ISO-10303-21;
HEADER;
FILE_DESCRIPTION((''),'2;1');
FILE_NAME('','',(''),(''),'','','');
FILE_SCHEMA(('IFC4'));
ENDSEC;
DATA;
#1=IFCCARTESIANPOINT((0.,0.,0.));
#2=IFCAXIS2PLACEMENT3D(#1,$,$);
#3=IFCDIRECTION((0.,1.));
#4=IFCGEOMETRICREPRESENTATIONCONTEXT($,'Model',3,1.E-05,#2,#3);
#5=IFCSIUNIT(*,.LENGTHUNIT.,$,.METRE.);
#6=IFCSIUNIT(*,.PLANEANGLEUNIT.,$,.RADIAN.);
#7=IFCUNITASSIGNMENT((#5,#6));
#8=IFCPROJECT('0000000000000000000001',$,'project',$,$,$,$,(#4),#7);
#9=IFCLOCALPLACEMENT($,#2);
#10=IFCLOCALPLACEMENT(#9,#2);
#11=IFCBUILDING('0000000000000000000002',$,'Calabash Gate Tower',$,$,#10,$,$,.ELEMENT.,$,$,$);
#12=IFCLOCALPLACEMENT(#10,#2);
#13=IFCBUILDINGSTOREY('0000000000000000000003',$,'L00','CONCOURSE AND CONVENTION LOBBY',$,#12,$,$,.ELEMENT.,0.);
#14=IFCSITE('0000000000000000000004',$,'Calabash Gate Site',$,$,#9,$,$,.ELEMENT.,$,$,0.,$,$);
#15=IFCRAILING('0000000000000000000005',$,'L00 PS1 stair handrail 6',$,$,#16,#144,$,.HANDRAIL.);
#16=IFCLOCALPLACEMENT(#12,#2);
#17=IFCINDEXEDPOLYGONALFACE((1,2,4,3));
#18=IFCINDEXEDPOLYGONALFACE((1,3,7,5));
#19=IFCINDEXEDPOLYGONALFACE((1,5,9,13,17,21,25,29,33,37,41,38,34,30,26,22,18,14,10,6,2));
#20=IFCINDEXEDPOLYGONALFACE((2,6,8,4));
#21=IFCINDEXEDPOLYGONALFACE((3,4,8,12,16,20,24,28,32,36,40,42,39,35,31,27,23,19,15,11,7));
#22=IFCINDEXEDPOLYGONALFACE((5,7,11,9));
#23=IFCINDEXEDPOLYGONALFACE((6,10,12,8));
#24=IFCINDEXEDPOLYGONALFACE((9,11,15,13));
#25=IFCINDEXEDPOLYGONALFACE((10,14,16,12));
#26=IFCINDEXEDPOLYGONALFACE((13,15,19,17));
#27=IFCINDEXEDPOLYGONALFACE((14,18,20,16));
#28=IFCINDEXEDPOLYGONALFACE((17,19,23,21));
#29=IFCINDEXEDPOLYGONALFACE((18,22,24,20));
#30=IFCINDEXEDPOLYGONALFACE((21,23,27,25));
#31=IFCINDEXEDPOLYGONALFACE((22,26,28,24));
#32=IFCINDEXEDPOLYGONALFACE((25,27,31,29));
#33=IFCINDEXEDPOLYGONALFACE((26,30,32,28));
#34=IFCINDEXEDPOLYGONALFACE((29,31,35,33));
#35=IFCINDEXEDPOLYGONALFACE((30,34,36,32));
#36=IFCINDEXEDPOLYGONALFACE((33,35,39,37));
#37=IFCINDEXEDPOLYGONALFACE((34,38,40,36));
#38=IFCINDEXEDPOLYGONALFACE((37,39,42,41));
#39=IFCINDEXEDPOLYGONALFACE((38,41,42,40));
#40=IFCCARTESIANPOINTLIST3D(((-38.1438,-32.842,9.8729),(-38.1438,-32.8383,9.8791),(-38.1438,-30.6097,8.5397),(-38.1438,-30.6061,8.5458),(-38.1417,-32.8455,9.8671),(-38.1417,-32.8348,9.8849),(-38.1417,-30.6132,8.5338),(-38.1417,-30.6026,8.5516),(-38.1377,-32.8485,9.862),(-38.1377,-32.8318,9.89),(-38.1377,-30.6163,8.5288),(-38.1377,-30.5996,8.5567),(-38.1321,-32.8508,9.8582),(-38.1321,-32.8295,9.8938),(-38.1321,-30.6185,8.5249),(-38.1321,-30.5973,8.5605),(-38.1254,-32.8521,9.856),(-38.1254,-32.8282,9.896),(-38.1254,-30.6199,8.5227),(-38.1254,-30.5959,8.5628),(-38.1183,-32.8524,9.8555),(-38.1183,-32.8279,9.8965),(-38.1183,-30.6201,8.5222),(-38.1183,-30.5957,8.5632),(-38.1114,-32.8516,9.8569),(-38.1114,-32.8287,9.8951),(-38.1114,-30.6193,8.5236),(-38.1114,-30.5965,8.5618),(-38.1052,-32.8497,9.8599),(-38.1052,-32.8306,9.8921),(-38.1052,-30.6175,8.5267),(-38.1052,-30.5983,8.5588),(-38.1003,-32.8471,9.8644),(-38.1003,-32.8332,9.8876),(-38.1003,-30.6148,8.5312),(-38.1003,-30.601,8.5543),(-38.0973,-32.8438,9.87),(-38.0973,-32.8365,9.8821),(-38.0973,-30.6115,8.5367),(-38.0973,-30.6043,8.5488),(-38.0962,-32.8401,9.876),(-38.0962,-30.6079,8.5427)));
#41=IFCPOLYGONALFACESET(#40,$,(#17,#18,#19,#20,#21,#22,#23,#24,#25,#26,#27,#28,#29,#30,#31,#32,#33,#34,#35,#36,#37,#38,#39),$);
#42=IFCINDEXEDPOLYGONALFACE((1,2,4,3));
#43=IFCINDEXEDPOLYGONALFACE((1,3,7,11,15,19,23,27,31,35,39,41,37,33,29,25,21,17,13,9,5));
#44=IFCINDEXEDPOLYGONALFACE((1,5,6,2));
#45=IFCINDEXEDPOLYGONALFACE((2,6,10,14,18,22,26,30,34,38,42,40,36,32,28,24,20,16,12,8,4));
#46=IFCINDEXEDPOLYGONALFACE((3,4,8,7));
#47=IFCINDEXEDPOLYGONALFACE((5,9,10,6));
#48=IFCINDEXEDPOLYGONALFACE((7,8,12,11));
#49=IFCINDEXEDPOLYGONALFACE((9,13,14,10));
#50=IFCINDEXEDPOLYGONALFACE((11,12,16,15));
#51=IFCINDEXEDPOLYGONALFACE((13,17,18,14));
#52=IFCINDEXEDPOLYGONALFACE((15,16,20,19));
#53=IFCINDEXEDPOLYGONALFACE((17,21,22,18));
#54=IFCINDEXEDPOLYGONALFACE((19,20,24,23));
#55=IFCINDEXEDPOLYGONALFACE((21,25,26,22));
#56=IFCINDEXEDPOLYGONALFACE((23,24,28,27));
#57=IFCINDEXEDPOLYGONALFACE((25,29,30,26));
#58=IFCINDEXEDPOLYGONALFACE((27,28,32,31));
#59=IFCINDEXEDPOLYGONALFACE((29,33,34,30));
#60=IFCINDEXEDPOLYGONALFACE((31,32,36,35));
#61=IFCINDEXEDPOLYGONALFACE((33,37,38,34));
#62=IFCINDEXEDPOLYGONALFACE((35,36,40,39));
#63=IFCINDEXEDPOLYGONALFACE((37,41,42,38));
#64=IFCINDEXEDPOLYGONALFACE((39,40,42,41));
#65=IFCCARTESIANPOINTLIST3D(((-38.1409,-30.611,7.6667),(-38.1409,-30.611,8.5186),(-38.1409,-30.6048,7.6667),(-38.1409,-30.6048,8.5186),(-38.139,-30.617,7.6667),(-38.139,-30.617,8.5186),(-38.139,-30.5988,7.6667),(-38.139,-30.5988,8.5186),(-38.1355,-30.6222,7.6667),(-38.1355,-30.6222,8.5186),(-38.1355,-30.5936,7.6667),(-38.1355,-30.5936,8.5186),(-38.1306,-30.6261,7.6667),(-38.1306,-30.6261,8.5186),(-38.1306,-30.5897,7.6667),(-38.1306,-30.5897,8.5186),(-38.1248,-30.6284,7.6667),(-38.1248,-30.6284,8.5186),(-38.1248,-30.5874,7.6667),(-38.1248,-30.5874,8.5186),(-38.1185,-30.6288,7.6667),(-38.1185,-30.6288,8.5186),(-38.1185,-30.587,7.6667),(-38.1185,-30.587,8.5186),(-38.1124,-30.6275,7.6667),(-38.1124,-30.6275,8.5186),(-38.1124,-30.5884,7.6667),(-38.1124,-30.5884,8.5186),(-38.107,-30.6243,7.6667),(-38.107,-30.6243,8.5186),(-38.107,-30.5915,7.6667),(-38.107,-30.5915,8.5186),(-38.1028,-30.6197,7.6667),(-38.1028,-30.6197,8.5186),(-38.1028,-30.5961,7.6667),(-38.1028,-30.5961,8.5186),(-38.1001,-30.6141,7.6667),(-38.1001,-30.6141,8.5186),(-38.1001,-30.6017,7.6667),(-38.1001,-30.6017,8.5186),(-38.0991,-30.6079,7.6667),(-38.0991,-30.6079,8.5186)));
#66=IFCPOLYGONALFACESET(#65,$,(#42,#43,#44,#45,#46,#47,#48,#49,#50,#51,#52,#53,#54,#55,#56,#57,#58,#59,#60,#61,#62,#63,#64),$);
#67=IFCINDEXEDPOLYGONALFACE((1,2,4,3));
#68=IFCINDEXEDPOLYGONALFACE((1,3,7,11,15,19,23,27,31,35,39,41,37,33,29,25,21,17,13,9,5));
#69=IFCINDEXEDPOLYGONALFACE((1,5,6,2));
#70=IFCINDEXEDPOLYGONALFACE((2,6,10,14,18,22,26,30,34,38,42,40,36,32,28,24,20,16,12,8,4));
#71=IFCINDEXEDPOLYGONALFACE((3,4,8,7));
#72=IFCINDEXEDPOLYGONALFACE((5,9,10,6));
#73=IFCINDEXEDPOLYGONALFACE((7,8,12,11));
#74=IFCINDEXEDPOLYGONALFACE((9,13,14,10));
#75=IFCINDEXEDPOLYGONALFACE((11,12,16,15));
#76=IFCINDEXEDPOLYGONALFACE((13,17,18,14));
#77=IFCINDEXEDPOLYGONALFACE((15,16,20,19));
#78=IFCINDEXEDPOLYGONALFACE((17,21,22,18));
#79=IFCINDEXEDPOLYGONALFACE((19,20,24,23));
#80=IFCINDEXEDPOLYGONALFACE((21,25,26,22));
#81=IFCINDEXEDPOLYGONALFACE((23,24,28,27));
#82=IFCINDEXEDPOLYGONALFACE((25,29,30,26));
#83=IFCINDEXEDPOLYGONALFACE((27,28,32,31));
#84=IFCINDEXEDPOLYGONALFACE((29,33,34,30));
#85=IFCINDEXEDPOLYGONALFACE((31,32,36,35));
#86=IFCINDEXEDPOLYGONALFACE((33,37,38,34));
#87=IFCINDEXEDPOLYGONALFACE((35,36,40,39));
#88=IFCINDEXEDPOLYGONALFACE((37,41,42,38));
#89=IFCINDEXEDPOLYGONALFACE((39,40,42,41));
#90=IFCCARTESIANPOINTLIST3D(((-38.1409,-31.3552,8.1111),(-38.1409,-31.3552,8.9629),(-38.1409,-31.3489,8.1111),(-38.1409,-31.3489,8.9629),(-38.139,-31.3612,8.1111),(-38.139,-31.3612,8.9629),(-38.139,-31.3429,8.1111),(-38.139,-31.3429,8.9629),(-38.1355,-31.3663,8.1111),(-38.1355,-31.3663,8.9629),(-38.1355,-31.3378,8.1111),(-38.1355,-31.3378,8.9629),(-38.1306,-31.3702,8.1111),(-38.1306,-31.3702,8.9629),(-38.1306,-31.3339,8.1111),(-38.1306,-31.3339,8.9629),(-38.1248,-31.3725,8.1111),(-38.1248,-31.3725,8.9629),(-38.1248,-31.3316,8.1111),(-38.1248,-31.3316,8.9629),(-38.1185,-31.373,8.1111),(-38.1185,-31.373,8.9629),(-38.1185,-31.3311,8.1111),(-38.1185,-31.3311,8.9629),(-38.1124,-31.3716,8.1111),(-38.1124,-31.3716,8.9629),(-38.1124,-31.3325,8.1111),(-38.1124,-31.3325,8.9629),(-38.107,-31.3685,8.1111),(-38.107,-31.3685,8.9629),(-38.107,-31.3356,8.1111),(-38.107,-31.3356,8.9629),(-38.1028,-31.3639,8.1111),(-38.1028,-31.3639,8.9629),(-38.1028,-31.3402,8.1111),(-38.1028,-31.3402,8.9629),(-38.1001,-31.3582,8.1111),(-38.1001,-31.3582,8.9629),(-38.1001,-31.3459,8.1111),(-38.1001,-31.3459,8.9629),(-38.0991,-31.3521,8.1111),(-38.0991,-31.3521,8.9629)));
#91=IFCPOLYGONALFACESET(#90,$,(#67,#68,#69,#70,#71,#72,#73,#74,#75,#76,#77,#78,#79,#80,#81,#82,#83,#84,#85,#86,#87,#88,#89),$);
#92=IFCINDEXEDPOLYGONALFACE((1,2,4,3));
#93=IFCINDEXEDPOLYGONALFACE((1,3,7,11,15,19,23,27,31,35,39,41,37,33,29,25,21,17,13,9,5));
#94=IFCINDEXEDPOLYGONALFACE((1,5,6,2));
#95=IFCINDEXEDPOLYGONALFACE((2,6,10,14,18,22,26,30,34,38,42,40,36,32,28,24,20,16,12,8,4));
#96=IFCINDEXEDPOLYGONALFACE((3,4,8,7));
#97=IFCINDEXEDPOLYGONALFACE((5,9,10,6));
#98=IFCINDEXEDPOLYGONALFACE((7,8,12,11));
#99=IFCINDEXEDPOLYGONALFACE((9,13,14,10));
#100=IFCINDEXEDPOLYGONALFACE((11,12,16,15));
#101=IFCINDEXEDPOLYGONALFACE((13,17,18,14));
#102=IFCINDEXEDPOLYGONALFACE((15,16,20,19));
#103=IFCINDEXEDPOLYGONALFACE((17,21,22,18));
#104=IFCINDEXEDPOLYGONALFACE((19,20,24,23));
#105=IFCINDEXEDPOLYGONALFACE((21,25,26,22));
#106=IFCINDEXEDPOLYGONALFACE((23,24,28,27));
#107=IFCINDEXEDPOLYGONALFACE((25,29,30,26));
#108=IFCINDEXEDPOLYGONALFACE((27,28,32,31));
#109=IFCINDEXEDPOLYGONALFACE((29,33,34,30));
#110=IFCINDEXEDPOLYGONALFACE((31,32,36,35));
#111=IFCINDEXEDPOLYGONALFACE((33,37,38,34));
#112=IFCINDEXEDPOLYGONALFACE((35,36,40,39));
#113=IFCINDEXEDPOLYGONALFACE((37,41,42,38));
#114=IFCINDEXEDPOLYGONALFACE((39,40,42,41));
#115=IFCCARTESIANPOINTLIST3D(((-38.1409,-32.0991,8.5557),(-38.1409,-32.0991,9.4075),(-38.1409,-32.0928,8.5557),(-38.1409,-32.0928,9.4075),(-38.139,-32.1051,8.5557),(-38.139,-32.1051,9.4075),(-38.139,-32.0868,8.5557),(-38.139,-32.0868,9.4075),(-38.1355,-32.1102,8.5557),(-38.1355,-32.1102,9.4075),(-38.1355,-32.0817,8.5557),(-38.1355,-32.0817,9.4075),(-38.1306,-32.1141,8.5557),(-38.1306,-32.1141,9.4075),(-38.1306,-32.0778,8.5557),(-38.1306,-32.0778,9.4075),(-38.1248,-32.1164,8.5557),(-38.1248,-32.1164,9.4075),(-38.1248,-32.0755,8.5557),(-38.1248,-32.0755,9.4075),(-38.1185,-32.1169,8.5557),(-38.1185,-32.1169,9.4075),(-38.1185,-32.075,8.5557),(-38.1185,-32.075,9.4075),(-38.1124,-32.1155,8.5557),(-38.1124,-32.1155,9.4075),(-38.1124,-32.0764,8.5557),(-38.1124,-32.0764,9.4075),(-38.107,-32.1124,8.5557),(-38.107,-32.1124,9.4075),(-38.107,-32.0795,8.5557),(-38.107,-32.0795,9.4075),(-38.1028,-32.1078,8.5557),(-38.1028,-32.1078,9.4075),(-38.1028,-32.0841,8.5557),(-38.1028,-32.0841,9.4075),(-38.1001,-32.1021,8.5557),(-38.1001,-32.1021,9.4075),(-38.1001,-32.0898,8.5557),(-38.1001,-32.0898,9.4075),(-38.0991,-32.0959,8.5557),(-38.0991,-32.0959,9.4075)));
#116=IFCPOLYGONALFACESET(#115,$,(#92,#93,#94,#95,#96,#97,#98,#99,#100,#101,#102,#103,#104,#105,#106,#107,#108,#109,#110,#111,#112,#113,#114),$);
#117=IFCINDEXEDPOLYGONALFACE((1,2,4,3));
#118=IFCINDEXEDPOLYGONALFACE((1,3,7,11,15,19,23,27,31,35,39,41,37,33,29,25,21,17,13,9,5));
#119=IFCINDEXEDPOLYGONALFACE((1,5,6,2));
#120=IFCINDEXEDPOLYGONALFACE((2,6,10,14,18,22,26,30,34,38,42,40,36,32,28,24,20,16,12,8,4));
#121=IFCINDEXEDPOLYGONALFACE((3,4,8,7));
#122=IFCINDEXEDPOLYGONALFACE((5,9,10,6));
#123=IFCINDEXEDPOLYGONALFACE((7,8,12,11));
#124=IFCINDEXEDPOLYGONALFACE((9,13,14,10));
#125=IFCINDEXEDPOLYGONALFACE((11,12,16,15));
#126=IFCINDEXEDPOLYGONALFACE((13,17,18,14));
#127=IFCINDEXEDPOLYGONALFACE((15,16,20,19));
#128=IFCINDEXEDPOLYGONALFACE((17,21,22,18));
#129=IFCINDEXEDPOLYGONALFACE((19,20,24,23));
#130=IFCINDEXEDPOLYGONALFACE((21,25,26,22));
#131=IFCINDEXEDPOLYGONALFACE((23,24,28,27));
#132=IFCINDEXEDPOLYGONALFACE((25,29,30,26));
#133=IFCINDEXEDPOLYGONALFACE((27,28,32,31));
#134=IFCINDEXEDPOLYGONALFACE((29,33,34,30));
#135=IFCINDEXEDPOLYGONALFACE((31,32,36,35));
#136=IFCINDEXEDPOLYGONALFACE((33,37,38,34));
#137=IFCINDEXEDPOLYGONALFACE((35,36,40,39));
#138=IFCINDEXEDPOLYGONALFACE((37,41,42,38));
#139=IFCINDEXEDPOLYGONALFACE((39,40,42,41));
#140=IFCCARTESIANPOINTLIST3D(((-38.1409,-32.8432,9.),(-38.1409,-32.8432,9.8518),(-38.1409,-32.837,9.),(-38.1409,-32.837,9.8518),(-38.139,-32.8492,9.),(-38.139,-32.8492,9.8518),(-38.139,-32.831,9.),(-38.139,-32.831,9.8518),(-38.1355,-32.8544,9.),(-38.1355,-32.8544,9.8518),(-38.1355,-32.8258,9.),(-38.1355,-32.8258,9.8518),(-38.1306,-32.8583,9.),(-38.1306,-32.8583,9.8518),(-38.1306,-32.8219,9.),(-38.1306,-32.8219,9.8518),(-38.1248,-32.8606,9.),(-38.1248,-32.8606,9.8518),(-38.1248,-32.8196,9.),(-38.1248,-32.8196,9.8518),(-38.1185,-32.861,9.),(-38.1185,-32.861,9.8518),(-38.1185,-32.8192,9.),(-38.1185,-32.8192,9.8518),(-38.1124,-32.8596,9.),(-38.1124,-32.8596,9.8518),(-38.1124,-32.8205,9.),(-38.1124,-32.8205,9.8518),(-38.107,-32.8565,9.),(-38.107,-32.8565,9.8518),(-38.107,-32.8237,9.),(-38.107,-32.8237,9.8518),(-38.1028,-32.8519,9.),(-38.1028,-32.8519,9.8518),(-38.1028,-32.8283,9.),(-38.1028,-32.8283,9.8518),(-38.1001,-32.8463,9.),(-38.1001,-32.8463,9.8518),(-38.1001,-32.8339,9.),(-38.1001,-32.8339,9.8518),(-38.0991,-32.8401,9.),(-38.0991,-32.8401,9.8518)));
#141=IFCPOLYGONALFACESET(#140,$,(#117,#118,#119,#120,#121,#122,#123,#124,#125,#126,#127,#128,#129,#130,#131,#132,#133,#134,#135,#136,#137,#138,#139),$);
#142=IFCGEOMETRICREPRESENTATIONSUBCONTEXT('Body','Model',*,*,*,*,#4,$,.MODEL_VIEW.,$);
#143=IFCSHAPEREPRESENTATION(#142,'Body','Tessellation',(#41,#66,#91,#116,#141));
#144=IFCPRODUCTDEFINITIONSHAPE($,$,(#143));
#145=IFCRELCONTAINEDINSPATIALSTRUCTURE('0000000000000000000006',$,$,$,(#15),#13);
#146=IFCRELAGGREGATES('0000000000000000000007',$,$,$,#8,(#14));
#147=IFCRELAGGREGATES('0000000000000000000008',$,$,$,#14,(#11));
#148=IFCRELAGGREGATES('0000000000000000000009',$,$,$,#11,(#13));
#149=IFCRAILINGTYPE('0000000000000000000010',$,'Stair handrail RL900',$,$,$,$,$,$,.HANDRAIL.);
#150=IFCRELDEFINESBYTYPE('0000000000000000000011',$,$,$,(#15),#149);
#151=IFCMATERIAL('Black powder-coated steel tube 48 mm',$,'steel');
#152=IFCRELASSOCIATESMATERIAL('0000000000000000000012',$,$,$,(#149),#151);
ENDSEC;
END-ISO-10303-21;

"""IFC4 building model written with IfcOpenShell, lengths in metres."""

from ifc_helpers import new_model, si_unit, direction, frame, origin, origin_2d, place, context, subcontext, project, spatial, circle, extrude, material, type_object, element, save


model = new_model("IFC4")

# Units and contexts
model_context = context("Model", 3, precision=1e-05, world=origin(), true_north=direction((0.0, 1.0)))
body_context = subcontext(model_context, "Body", "Model", "MODEL_VIEW")
ifc_project = project(units=[si_unit("LENGTHUNIT", "METRE"), si_unit("PLANEANGLEUNIT", "RADIAN")], contexts=[model_context])

# Site, building, storey
site_placement = place(None, origin())
site = spatial("IfcSite", under=ifc_project, at=site_placement, Name="Calabash Gate Site", CompositionType="ELEMENT", RefElevation=0.0)
building_placement = place(site_placement, origin())
building = spatial("IfcBuilding", under=site, at=building_placement, Name="Calabash Gate Tower", CompositionType="ELEMENT")
storey_placement = place(building_placement, origin())
storey = spatial("IfcBuildingStorey", under=building, at=storey_placement, Name="L00", Description="CONCOURSE AND CONVENTION LOBBY", CompositionType="ELEMENT", Elevation=0.0)

# Railing
ifc_material_1 = material(Name="Black powder-coated steel tube 48 mm", Category="steel")
railing_type_1 = type_object("IfcRailingType", Name="Stair handrail RL900", PredefinedType="HANDRAIL", material=ifc_material_1)
for number, where, name in (
    (1, (-38.1201, -30.6079, 7.6667), "L00 PS1 stair handrail 6"),
):
    element("IfcRailing", number, at=place(storey_placement, frame(where)), inside=storey, type_object=railing_type_1, Name=name, PredefinedType="HANDRAIL", context=body_context, shape_type="SweptSolid", body=[
        extrude(circle(Radius=0.0239, at=origin_2d()), frame((0.0, 0.0, 0.876), z_axis=(0.0, -0.858519, 0.512782), x_axis=(1.0, 0.0, 0.0)), (0.0, 0.0, 1.0), 2.6001),
        extrude(circle(Radius=0.021, at=origin_2d()), origin(), (0.0, 0.0, 1.0), 0.8518),
        extrude(circle(Radius=0.021, at=origin_2d()), frame((0.0, -0.7441, 0.4443)), (0.0, 0.0, 1.0), 0.8518),
        extrude(circle(Radius=0.021, at=origin_2d()), frame((0.0, -1.488, 0.8889)), (0.0, 0.0, 1.0), 0.8518),
        extrude(circle(Radius=0.021, at=origin_2d()), frame((0.0, -2.2322, 1.3333)), (0.0, 0.0, 1.0), 0.8518),
    ])

save(model, "model.ifc")
